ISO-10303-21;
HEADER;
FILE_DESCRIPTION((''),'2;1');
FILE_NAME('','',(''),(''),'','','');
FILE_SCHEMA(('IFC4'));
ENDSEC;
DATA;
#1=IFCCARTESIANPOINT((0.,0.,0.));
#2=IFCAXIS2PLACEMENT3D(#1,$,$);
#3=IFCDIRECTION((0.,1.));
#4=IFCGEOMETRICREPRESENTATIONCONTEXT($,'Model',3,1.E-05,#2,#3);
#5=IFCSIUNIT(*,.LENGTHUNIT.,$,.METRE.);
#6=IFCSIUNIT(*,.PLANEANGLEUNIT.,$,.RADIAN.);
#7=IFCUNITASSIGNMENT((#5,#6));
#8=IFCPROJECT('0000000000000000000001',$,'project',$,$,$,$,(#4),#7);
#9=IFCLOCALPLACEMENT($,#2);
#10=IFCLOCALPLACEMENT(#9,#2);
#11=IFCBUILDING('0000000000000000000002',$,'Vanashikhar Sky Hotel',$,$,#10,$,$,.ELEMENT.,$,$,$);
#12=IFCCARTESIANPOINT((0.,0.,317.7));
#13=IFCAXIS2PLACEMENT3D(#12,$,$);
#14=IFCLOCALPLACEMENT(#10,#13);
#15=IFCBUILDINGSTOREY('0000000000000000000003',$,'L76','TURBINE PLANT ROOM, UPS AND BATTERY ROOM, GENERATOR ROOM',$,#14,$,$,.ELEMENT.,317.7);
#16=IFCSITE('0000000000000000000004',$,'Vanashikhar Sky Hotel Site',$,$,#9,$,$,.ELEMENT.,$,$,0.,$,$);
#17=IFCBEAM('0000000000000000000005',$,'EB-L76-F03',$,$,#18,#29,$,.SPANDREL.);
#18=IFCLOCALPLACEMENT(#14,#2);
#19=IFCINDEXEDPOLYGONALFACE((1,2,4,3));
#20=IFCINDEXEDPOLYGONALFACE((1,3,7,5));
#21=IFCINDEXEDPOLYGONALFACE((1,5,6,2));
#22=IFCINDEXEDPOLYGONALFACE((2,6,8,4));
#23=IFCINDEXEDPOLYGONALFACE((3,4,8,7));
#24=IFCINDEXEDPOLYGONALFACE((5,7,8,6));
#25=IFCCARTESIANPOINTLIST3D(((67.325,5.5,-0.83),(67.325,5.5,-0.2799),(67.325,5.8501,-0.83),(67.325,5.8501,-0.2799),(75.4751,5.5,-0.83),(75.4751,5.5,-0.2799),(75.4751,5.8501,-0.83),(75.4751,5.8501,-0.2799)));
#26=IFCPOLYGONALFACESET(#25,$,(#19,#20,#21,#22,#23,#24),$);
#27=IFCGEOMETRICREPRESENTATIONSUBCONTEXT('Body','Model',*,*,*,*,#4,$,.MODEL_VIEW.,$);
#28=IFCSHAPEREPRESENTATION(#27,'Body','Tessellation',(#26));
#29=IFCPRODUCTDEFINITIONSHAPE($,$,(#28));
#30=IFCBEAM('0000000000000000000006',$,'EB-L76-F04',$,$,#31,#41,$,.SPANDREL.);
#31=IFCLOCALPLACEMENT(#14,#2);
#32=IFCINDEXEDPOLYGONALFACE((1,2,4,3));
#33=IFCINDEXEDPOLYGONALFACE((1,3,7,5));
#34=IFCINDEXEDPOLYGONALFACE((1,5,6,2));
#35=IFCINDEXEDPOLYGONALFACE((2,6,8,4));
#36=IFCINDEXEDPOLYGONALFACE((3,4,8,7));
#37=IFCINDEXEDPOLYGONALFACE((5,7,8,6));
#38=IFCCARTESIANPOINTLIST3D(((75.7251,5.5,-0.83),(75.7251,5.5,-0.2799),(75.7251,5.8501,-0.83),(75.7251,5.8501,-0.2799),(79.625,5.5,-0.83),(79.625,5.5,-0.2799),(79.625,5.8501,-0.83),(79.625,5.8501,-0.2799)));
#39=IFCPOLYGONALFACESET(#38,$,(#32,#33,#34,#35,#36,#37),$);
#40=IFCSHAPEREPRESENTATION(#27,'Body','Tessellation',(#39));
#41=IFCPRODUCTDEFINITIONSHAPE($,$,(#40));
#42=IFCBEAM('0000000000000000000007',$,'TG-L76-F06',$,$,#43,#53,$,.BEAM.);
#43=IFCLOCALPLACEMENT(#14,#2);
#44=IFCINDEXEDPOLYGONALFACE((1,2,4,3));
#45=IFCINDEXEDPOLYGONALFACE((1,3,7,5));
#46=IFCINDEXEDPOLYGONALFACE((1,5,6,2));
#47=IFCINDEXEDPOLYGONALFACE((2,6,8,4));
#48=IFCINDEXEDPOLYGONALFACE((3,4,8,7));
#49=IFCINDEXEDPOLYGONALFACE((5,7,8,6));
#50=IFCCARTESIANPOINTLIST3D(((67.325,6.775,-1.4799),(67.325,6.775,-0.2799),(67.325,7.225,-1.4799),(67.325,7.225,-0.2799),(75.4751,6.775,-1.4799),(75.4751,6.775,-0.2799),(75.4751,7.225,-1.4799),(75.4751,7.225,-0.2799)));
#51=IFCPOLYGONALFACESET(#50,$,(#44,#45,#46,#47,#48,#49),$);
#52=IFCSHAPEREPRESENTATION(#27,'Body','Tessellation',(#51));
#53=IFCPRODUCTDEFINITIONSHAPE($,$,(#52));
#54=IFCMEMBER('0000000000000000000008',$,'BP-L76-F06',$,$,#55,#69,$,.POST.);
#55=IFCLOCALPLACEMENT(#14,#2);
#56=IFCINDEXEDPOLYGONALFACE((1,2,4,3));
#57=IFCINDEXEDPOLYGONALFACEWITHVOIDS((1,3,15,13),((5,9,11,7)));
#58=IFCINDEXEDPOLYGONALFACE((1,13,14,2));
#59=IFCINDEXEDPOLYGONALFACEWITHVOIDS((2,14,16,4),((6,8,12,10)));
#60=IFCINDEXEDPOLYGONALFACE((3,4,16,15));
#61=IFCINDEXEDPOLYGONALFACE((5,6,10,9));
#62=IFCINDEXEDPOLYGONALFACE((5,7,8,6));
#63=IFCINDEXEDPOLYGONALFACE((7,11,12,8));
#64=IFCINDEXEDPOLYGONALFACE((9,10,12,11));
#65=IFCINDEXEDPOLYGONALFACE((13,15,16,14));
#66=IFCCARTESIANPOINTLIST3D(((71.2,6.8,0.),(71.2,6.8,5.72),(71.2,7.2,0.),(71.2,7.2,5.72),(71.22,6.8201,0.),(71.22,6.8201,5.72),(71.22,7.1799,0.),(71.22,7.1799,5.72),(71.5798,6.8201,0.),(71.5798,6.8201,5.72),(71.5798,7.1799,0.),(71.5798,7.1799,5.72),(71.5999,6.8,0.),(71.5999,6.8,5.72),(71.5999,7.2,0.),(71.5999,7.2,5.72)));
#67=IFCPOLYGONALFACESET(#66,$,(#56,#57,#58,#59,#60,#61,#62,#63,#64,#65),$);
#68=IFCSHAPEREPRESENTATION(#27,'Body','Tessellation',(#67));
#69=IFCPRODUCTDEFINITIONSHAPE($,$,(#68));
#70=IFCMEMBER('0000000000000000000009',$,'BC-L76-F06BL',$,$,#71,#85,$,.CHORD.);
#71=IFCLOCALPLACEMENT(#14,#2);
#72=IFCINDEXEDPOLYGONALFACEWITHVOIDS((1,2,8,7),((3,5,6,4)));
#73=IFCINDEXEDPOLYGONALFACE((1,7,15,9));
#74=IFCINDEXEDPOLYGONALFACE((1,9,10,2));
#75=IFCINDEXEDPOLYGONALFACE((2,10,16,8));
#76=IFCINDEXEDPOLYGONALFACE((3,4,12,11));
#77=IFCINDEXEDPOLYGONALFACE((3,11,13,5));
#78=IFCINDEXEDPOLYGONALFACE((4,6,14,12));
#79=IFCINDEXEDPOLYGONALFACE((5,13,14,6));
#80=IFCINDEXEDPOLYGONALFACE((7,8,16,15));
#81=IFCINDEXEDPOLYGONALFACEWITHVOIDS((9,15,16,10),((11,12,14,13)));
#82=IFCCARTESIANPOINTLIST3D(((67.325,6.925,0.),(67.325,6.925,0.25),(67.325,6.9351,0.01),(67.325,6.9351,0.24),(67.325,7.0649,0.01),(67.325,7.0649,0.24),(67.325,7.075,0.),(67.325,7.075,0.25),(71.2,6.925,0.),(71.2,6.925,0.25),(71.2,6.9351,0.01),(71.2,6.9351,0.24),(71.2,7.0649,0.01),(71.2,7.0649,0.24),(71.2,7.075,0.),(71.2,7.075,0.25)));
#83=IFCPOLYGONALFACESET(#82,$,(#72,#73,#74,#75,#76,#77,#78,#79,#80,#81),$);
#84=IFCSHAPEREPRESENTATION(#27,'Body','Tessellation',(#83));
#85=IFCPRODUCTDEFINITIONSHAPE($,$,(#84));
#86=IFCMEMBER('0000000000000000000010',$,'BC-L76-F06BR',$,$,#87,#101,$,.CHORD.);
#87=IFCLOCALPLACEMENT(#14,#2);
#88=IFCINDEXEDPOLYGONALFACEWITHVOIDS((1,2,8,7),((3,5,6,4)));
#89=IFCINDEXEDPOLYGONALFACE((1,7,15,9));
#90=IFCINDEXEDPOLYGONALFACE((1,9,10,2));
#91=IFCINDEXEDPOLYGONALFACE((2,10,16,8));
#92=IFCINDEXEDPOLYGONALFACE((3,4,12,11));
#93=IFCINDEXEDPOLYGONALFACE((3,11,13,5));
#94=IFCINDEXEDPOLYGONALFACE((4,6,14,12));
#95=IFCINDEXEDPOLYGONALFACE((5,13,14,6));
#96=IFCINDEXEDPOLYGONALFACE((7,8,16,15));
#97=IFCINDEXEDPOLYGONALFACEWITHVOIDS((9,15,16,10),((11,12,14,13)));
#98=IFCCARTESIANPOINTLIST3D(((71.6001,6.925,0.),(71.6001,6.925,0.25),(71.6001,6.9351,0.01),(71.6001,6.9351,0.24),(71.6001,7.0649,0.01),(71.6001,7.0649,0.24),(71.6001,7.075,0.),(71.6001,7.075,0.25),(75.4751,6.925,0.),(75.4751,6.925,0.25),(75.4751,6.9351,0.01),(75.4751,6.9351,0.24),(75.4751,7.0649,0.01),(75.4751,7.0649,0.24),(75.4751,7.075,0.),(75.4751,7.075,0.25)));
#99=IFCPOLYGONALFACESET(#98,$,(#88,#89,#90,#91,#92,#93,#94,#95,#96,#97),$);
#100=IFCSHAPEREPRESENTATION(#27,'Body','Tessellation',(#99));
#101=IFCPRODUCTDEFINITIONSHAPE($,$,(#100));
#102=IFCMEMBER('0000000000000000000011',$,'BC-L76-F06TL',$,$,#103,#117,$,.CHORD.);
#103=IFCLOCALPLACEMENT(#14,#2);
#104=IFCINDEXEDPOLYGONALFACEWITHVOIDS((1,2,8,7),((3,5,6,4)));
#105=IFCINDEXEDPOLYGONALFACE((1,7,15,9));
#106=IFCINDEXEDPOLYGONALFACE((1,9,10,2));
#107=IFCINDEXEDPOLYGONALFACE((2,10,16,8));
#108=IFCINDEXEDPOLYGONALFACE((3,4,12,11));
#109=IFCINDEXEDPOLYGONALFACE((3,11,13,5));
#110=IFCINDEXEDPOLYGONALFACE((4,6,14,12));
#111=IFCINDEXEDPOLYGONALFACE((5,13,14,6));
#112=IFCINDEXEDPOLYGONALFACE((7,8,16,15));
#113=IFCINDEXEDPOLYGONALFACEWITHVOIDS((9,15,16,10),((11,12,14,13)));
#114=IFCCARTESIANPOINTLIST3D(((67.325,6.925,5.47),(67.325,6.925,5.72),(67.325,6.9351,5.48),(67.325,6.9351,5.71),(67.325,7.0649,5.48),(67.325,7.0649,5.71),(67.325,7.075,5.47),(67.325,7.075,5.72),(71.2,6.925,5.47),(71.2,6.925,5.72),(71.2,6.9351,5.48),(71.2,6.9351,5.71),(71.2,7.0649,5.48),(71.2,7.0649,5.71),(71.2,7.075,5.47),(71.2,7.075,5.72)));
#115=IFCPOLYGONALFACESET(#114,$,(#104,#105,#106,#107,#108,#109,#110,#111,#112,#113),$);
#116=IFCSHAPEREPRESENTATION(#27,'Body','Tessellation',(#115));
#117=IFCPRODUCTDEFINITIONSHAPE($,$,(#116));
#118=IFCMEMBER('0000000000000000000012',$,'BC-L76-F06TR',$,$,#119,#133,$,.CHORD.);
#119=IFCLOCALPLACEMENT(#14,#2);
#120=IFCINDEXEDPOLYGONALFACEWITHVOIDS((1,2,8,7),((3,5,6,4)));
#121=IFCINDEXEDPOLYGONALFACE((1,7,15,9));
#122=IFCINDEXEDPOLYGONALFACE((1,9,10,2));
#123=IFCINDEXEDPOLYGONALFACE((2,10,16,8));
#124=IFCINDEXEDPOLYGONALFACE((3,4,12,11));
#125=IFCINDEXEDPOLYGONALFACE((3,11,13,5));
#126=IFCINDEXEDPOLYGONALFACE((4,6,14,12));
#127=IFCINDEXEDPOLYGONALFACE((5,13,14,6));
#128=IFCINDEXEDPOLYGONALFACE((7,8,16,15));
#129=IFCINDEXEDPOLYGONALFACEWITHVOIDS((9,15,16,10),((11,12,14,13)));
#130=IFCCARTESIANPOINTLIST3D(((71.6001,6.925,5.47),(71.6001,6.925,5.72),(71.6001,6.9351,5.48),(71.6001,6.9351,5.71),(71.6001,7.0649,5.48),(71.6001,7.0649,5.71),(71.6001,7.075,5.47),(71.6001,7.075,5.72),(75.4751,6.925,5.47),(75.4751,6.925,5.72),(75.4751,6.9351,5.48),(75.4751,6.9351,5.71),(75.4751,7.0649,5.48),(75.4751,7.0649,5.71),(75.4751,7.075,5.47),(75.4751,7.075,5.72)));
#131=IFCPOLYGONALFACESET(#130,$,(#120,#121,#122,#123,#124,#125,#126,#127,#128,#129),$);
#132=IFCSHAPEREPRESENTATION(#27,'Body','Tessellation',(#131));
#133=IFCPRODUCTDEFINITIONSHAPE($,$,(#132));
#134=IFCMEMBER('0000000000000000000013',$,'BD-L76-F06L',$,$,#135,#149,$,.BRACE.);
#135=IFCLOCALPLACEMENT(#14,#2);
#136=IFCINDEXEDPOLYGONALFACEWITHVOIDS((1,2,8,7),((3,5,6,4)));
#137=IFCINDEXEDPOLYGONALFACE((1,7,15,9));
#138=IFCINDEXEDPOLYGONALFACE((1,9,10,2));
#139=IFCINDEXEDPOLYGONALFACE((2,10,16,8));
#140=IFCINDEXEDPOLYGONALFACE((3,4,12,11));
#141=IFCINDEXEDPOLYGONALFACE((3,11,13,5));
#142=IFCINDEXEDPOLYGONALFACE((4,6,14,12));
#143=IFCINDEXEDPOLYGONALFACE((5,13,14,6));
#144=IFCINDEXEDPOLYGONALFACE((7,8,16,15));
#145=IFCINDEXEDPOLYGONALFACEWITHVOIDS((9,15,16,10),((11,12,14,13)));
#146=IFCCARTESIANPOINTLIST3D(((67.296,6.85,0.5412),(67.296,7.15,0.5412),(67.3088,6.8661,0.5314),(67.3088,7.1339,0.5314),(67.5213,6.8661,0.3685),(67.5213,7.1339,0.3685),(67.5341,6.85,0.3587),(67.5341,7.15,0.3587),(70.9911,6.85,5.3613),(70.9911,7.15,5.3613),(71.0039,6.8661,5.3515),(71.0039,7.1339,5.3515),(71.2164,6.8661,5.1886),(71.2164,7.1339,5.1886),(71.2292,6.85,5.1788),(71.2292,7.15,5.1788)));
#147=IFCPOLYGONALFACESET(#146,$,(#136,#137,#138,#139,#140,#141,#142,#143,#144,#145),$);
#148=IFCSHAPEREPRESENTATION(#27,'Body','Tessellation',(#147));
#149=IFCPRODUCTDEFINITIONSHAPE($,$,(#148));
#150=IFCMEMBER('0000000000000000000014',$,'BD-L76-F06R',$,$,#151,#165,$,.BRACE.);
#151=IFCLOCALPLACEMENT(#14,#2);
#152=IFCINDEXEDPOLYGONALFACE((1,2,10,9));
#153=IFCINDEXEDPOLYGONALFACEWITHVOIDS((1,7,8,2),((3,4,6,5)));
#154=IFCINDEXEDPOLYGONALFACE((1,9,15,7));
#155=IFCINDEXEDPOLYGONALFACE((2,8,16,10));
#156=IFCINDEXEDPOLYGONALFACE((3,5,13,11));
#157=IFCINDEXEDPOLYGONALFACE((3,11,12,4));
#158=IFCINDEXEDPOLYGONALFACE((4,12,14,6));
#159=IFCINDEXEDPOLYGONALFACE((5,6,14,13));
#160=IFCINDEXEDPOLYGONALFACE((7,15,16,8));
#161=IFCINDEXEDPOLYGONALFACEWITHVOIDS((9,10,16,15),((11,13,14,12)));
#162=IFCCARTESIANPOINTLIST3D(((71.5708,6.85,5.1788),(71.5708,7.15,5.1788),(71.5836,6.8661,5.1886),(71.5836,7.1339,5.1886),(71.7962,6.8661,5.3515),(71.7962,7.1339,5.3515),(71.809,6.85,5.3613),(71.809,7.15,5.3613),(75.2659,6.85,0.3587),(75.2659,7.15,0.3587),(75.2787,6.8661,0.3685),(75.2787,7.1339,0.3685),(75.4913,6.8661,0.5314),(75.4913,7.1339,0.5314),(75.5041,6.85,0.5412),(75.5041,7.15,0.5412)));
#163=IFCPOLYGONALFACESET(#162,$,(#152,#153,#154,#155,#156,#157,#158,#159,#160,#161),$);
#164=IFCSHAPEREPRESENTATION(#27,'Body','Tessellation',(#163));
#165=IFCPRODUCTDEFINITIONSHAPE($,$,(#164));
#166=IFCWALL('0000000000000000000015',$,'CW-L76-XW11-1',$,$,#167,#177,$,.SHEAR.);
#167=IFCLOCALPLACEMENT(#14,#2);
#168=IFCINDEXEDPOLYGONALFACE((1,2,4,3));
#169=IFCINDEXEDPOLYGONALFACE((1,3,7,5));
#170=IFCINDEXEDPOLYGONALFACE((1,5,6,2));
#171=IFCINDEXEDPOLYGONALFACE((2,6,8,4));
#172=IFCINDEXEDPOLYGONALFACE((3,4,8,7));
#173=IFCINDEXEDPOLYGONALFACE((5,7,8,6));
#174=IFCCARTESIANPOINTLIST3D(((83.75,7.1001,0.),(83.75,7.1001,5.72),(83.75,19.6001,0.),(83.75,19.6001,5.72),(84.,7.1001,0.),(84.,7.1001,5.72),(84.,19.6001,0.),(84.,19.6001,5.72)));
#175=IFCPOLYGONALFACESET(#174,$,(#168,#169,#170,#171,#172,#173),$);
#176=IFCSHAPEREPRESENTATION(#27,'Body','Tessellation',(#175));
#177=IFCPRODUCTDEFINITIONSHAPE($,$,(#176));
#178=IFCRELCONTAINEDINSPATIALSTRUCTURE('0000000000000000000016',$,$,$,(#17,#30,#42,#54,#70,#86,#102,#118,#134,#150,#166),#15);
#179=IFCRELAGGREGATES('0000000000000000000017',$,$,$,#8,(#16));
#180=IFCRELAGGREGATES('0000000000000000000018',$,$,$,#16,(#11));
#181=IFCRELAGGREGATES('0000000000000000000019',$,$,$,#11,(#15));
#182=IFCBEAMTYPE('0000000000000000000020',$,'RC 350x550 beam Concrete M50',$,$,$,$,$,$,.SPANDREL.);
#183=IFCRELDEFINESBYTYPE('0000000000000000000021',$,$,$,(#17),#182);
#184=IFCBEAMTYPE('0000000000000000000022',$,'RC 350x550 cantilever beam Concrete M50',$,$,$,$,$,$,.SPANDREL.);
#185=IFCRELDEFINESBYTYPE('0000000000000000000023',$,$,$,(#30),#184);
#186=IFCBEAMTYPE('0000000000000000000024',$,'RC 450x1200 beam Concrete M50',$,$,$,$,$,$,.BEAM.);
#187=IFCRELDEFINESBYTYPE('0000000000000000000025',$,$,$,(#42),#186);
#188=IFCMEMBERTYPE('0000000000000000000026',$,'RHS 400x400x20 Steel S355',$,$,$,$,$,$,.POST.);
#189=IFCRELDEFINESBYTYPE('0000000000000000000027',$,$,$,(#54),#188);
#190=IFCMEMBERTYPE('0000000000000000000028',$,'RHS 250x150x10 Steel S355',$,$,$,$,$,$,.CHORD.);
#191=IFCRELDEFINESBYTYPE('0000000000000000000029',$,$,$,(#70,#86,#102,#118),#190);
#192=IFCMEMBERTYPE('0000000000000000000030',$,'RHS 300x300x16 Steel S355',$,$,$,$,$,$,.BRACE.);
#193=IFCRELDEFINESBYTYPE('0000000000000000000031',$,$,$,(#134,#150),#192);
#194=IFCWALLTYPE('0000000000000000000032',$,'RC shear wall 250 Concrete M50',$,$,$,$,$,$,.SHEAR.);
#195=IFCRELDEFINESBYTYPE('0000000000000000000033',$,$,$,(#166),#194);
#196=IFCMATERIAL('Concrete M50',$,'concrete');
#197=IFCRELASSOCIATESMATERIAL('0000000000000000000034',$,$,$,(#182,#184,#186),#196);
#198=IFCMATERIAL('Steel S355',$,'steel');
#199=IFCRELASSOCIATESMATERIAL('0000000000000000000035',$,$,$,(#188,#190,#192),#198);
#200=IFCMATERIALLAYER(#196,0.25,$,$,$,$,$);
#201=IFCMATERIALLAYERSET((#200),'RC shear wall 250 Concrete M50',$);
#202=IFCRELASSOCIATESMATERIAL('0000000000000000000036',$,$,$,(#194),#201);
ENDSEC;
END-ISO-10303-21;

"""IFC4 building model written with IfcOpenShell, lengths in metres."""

from ifc_helpers import new_model, si_unit, direction, frame, frame_2d, origin, origin_2d, place, context, subcontext, project, spatial, rectangle, hollow_rectangle, extrude, source, transform, mapped, material, layer, layer_set, material_profile, profile_set, type_object, element, save


model = new_model("IFC4")

# Units and contexts
model_context = context("Model", 3, precision=1e-05, world=origin(), true_north=direction((0.0, 1.0)))
body_context = subcontext(model_context, "Body", "Model", "MODEL_VIEW")
ifc_project = project(units=[si_unit("LENGTHUNIT", "METRE"), si_unit("PLANEANGLEUNIT", "RADIAN")], contexts=[model_context])

# Site, building, storey
site_placement = place(None, origin())
site = spatial("IfcSite", under=ifc_project, at=site_placement, Name="Vanashikhar Sky Hotel Site", CompositionType="ELEMENT", RefElevation=0.0)
building_placement = place(site_placement, origin())
building = spatial("IfcBuilding", under=site, at=building_placement, Name="Vanashikhar Sky Hotel", CompositionType="ELEMENT")
storey_placement = place(building_placement, frame((0.0, 0.0, 317.7)))
storey = spatial("IfcBuildingStorey", under=building, at=storey_placement, Name="L76", Description="TURBINE PLANT ROOM, UPS AND BATTERY ROOM, GENERATOR ROOM", CompositionType="ELEMENT", Elevation=317.7)

# Beams
ifc_material_1 = material(Name="Concrete M50", Category="concrete")
ifc_material_profile_1 = material_profile(ifc_material_1, rectangle(XDim=0.3501, YDim=0.55, at=origin_2d()))
ifc_profile_set_1 = profile_set([ifc_material_profile_1], Name="RC 350x550 beam Concrete M50")
beam_type_1 = type_object("IfcBeamType", Name="RC 350x550 beam Concrete M50", PredefinedType="SPANDREL", material=ifc_profile_set_1)
shared_shape_1 = source(origin(), body_context, "Body", "SweptSolid", [
    extrude(rectangle(XDim=0.3501, YDim=0.55, at=origin_2d()), origin(), (0.0, 0.0, 1.0), 8.1501),
])
beam_1_placement = place(storey_placement, frame((67.325, 5.675, -0.5549), z_axis=(1.0, 0.0, 0.0), x_axis=(0.0, 1.0, 0.0)))
element("IfcBeam", 1, at=beam_1_placement, inside=storey, type_object=beam_type_1, Name="EB-L76-F03", PredefinedType="SPANDREL", context=body_context, shape_type="MappedRepresentation", body=[
    mapped(shared_shape_1, transform((0.0, 0.0, 0.0), scale=1.0)),
])
ifc_material_profile_2 = material_profile(ifc_material_1, rectangle(XDim=0.3501, YDim=0.55, at=origin_2d()))
ifc_profile_set_2 = profile_set([ifc_material_profile_2], Name="RC 350x550 cantilever beam Concrete M50")
beam_type_2 = type_object("IfcBeamType", Name="RC 350x550 cantilever beam Concrete M50", PredefinedType="SPANDREL", material=ifc_profile_set_2)
shared_shape_2 = source(origin(), body_context, "Body", "SweptSolid", [
    extrude(rectangle(XDim=0.3501, YDim=0.55, at=origin_2d()), origin(), (0.0, 0.0, 1.0), 3.8999),
])
beam_2_placement = place(storey_placement, frame((75.7251, 5.675, -0.5549), z_axis=(1.0, 0.0, 0.0), x_axis=(0.0, 1.0, 0.0)))
element("IfcBeam", 2, at=beam_2_placement, inside=storey, type_object=beam_type_2, Name="EB-L76-F04", PredefinedType="SPANDREL", context=body_context, shape_type="MappedRepresentation", body=[
    mapped(shared_shape_2, transform((0.0, 0.0, 0.0), scale=1.0)),
])
ifc_material_profile_3 = material_profile(ifc_material_1, rectangle(XDim=0.45, YDim=1.2, at=origin_2d()))
ifc_profile_set_3 = profile_set([ifc_material_profile_3], Name="RC 450x1200 beam Concrete M50")
beam_type_3 = type_object("IfcBeamType", Name="RC 450x1200 beam Concrete M50", PredefinedType="BEAM", material=ifc_profile_set_3)
shared_shape_3 = source(origin(), body_context, "Body", "SweptSolid", [
    extrude(rectangle(XDim=0.45, YDim=1.2, at=origin_2d()), origin(), (0.0, 0.0, 1.0), 8.1501),
])
beam_3_placement = place(storey_placement, frame((67.325, 7.0, -0.8799), z_axis=(1.0, 0.0, 0.0), x_axis=(0.0, 1.0, 0.0)))
element("IfcBeam", 3, at=beam_3_placement, inside=storey, type_object=beam_type_3, Name="TG-L76-F06", PredefinedType="BEAM", context=body_context, shape_type="MappedRepresentation", body=[
    mapped(shared_shape_3, transform((0.0, 0.0, 0.0), scale=1.0)),
])

# Members
ifc_material_2 = material(Name="Steel S355", Category="steel")
ifc_material_profile_4 = material_profile(ifc_material_2, hollow_rectangle(XDim=0.3999, YDim=0.3999, WallThickness=0.02, at=origin_2d()))
ifc_profile_set_4 = profile_set([ifc_material_profile_4], Name="RHS 400x400x20 Steel S355")
member_type_1 = type_object("IfcMemberType", Name="RHS 400x400x20 Steel S355", PredefinedType="POST", material=ifc_profile_set_4)
shared_shape_4 = source(origin(), body_context, "Body", "SweptSolid", [
    extrude(hollow_rectangle(XDim=0.3999, YDim=0.3999, WallThickness=0.02, at=origin_2d()), origin(), (0.0, 0.0, 1.0), 5.72),
])
member_placement = place(storey_placement, frame((71.3999, 7.0, 0.0), z_axis=(0.0, 0.0, 1.0), x_axis=(1.0, 0.0, 0.0)))
element("IfcMember", 4, at=member_placement, inside=storey, type_object=member_type_1, Name="BP-L76-F06", PredefinedType="POST", context=body_context, shape_type="MappedRepresentation", body=[
    mapped(shared_shape_4, transform((0.0, 0.0, 0.0), scale=1.0)),
])
ifc_material_profile_5 = material_profile(ifc_material_2, hollow_rectangle(XDim=0.1499, YDim=0.25, WallThickness=0.01, at=origin_2d()))
ifc_profile_set_5 = profile_set([ifc_material_profile_5], Name="RHS 250x150x10 Steel S355")
member_type_2 = type_object("IfcMemberType", Name="RHS 250x150x10 Steel S355", PredefinedType="CHORD", material=ifc_profile_set_5)
shared_shape_5 = source(origin(), body_context, "Body", "SweptSolid", [
    extrude(hollow_rectangle(XDim=0.1499, YDim=0.25, WallThickness=0.01, at=origin_2d()), origin(), (0.0, 0.0, 1.0), 3.875),
])
for number, where, z_axis, x_axis, name in (
    (5, (67.325, 7.0, 0.125), (1.0, 0.0, 0.0), (0.0, 1.0, 0.0), "BC-L76-F06BL"),
    (6, (71.6001, 7.0, 0.125), (1.0, 0.0, 0.0), (0.0, 1.0, 0.0), "BC-L76-F06BR"),
    (7, (67.325, 7.0, 5.595), (1.0, 0.0, 0.0), (0.0, 1.0, 0.0), "BC-L76-F06TL"),
    (8, (71.6001, 7.0, 5.595), (1.0, 0.0, 0.0), (0.0, 1.0, 0.0), "BC-L76-F06TR"),
):
    element("IfcMember", number, at=place(storey_placement, frame(where, z_axis=z_axis, x_axis=x_axis)), inside=storey, type_object=member_type_2, Name=name, PredefinedType="CHORD", context=body_context, shape_type="MappedRepresentation", body=[
        mapped(shared_shape_5, transform((0.0, 0.0, 0.0), scale=1.0)),
    ])
ifc_material_profile_6 = material_profile(ifc_material_2, hollow_rectangle(XDim=0.3, YDim=0.3, WallThickness=0.0161, at=origin_2d()))
ifc_profile_set_6 = profile_set([ifc_material_profile_6], Name="RHS 300x300x16 Steel S355")
member_type_3 = type_object("IfcMemberType", Name="RHS 300x300x16 Steel S355", PredefinedType="BRACE", material=ifc_profile_set_6)
shared_shape_6 = source(origin(), body_context, "Body", "SweptSolid", [
    extrude(hollow_rectangle(XDim=0.3, YDim=0.3, WallThickness=0.0161, at=origin_2d()), origin(), (0.0, 0.0, 1.0), 6.0735),
])
for number, where, z_axis, x_axis, name in (
    (9, (67.415, 7.0, 0.45), (0.608399, 0.0, 0.793632), (0.0, 1.0, 0.0), "BD-L76-F06L"),
    (10, (75.385, 7.0, 0.45), (-0.608399, 0.0, 0.793632), (0.0, -1.0, 0.0), "BD-L76-F06R"),
):
    element("IfcMember", number, at=place(storey_placement, frame(where, z_axis=z_axis, x_axis=x_axis)), inside=storey, type_object=member_type_3, Name=name, PredefinedType="BRACE", context=body_context, shape_type="MappedRepresentation", body=[
        mapped(shared_shape_6, transform((0.0, 0.0, 0.0), scale=1.0)),
    ])

# Wall
ifc_layer_1 = layer(ifc_material_1, 0.25)
ifc_layer_set_1 = layer_set([ifc_layer_1], Name="RC shear wall 250 Concrete M50")
wall_type = type_object("IfcWallType", Name="RC shear wall 250 Concrete M50", PredefinedType="SHEAR", material=ifc_layer_set_1)
shared_shape_7 = source(origin(), body_context, "Body", "SweptSolid", [
    extrude(rectangle(XDim=12.5, YDim=0.25, at=frame_2d((6.25, 0.0))), origin(), (0.0, 0.0, 1.0), 5.72),
])
wall_1_placement = place(storey_placement, frame((83.875, 7.1001, 0.0), z_axis=(0.0, 0.0, 1.0), x_axis=(0.0, 1.0, 0.0)))
element("IfcWall", 11, at=wall_1_placement, inside=storey, type_object=wall_type, Name="CW-L76-XW11-1", PredefinedType="SHEAR", context=body_context, shape_type="MappedRepresentation", body=[
    mapped(shared_shape_7, transform((0.0, 0.0, 0.0), scale=1.0)),
])

save(model, "model.ifc")
